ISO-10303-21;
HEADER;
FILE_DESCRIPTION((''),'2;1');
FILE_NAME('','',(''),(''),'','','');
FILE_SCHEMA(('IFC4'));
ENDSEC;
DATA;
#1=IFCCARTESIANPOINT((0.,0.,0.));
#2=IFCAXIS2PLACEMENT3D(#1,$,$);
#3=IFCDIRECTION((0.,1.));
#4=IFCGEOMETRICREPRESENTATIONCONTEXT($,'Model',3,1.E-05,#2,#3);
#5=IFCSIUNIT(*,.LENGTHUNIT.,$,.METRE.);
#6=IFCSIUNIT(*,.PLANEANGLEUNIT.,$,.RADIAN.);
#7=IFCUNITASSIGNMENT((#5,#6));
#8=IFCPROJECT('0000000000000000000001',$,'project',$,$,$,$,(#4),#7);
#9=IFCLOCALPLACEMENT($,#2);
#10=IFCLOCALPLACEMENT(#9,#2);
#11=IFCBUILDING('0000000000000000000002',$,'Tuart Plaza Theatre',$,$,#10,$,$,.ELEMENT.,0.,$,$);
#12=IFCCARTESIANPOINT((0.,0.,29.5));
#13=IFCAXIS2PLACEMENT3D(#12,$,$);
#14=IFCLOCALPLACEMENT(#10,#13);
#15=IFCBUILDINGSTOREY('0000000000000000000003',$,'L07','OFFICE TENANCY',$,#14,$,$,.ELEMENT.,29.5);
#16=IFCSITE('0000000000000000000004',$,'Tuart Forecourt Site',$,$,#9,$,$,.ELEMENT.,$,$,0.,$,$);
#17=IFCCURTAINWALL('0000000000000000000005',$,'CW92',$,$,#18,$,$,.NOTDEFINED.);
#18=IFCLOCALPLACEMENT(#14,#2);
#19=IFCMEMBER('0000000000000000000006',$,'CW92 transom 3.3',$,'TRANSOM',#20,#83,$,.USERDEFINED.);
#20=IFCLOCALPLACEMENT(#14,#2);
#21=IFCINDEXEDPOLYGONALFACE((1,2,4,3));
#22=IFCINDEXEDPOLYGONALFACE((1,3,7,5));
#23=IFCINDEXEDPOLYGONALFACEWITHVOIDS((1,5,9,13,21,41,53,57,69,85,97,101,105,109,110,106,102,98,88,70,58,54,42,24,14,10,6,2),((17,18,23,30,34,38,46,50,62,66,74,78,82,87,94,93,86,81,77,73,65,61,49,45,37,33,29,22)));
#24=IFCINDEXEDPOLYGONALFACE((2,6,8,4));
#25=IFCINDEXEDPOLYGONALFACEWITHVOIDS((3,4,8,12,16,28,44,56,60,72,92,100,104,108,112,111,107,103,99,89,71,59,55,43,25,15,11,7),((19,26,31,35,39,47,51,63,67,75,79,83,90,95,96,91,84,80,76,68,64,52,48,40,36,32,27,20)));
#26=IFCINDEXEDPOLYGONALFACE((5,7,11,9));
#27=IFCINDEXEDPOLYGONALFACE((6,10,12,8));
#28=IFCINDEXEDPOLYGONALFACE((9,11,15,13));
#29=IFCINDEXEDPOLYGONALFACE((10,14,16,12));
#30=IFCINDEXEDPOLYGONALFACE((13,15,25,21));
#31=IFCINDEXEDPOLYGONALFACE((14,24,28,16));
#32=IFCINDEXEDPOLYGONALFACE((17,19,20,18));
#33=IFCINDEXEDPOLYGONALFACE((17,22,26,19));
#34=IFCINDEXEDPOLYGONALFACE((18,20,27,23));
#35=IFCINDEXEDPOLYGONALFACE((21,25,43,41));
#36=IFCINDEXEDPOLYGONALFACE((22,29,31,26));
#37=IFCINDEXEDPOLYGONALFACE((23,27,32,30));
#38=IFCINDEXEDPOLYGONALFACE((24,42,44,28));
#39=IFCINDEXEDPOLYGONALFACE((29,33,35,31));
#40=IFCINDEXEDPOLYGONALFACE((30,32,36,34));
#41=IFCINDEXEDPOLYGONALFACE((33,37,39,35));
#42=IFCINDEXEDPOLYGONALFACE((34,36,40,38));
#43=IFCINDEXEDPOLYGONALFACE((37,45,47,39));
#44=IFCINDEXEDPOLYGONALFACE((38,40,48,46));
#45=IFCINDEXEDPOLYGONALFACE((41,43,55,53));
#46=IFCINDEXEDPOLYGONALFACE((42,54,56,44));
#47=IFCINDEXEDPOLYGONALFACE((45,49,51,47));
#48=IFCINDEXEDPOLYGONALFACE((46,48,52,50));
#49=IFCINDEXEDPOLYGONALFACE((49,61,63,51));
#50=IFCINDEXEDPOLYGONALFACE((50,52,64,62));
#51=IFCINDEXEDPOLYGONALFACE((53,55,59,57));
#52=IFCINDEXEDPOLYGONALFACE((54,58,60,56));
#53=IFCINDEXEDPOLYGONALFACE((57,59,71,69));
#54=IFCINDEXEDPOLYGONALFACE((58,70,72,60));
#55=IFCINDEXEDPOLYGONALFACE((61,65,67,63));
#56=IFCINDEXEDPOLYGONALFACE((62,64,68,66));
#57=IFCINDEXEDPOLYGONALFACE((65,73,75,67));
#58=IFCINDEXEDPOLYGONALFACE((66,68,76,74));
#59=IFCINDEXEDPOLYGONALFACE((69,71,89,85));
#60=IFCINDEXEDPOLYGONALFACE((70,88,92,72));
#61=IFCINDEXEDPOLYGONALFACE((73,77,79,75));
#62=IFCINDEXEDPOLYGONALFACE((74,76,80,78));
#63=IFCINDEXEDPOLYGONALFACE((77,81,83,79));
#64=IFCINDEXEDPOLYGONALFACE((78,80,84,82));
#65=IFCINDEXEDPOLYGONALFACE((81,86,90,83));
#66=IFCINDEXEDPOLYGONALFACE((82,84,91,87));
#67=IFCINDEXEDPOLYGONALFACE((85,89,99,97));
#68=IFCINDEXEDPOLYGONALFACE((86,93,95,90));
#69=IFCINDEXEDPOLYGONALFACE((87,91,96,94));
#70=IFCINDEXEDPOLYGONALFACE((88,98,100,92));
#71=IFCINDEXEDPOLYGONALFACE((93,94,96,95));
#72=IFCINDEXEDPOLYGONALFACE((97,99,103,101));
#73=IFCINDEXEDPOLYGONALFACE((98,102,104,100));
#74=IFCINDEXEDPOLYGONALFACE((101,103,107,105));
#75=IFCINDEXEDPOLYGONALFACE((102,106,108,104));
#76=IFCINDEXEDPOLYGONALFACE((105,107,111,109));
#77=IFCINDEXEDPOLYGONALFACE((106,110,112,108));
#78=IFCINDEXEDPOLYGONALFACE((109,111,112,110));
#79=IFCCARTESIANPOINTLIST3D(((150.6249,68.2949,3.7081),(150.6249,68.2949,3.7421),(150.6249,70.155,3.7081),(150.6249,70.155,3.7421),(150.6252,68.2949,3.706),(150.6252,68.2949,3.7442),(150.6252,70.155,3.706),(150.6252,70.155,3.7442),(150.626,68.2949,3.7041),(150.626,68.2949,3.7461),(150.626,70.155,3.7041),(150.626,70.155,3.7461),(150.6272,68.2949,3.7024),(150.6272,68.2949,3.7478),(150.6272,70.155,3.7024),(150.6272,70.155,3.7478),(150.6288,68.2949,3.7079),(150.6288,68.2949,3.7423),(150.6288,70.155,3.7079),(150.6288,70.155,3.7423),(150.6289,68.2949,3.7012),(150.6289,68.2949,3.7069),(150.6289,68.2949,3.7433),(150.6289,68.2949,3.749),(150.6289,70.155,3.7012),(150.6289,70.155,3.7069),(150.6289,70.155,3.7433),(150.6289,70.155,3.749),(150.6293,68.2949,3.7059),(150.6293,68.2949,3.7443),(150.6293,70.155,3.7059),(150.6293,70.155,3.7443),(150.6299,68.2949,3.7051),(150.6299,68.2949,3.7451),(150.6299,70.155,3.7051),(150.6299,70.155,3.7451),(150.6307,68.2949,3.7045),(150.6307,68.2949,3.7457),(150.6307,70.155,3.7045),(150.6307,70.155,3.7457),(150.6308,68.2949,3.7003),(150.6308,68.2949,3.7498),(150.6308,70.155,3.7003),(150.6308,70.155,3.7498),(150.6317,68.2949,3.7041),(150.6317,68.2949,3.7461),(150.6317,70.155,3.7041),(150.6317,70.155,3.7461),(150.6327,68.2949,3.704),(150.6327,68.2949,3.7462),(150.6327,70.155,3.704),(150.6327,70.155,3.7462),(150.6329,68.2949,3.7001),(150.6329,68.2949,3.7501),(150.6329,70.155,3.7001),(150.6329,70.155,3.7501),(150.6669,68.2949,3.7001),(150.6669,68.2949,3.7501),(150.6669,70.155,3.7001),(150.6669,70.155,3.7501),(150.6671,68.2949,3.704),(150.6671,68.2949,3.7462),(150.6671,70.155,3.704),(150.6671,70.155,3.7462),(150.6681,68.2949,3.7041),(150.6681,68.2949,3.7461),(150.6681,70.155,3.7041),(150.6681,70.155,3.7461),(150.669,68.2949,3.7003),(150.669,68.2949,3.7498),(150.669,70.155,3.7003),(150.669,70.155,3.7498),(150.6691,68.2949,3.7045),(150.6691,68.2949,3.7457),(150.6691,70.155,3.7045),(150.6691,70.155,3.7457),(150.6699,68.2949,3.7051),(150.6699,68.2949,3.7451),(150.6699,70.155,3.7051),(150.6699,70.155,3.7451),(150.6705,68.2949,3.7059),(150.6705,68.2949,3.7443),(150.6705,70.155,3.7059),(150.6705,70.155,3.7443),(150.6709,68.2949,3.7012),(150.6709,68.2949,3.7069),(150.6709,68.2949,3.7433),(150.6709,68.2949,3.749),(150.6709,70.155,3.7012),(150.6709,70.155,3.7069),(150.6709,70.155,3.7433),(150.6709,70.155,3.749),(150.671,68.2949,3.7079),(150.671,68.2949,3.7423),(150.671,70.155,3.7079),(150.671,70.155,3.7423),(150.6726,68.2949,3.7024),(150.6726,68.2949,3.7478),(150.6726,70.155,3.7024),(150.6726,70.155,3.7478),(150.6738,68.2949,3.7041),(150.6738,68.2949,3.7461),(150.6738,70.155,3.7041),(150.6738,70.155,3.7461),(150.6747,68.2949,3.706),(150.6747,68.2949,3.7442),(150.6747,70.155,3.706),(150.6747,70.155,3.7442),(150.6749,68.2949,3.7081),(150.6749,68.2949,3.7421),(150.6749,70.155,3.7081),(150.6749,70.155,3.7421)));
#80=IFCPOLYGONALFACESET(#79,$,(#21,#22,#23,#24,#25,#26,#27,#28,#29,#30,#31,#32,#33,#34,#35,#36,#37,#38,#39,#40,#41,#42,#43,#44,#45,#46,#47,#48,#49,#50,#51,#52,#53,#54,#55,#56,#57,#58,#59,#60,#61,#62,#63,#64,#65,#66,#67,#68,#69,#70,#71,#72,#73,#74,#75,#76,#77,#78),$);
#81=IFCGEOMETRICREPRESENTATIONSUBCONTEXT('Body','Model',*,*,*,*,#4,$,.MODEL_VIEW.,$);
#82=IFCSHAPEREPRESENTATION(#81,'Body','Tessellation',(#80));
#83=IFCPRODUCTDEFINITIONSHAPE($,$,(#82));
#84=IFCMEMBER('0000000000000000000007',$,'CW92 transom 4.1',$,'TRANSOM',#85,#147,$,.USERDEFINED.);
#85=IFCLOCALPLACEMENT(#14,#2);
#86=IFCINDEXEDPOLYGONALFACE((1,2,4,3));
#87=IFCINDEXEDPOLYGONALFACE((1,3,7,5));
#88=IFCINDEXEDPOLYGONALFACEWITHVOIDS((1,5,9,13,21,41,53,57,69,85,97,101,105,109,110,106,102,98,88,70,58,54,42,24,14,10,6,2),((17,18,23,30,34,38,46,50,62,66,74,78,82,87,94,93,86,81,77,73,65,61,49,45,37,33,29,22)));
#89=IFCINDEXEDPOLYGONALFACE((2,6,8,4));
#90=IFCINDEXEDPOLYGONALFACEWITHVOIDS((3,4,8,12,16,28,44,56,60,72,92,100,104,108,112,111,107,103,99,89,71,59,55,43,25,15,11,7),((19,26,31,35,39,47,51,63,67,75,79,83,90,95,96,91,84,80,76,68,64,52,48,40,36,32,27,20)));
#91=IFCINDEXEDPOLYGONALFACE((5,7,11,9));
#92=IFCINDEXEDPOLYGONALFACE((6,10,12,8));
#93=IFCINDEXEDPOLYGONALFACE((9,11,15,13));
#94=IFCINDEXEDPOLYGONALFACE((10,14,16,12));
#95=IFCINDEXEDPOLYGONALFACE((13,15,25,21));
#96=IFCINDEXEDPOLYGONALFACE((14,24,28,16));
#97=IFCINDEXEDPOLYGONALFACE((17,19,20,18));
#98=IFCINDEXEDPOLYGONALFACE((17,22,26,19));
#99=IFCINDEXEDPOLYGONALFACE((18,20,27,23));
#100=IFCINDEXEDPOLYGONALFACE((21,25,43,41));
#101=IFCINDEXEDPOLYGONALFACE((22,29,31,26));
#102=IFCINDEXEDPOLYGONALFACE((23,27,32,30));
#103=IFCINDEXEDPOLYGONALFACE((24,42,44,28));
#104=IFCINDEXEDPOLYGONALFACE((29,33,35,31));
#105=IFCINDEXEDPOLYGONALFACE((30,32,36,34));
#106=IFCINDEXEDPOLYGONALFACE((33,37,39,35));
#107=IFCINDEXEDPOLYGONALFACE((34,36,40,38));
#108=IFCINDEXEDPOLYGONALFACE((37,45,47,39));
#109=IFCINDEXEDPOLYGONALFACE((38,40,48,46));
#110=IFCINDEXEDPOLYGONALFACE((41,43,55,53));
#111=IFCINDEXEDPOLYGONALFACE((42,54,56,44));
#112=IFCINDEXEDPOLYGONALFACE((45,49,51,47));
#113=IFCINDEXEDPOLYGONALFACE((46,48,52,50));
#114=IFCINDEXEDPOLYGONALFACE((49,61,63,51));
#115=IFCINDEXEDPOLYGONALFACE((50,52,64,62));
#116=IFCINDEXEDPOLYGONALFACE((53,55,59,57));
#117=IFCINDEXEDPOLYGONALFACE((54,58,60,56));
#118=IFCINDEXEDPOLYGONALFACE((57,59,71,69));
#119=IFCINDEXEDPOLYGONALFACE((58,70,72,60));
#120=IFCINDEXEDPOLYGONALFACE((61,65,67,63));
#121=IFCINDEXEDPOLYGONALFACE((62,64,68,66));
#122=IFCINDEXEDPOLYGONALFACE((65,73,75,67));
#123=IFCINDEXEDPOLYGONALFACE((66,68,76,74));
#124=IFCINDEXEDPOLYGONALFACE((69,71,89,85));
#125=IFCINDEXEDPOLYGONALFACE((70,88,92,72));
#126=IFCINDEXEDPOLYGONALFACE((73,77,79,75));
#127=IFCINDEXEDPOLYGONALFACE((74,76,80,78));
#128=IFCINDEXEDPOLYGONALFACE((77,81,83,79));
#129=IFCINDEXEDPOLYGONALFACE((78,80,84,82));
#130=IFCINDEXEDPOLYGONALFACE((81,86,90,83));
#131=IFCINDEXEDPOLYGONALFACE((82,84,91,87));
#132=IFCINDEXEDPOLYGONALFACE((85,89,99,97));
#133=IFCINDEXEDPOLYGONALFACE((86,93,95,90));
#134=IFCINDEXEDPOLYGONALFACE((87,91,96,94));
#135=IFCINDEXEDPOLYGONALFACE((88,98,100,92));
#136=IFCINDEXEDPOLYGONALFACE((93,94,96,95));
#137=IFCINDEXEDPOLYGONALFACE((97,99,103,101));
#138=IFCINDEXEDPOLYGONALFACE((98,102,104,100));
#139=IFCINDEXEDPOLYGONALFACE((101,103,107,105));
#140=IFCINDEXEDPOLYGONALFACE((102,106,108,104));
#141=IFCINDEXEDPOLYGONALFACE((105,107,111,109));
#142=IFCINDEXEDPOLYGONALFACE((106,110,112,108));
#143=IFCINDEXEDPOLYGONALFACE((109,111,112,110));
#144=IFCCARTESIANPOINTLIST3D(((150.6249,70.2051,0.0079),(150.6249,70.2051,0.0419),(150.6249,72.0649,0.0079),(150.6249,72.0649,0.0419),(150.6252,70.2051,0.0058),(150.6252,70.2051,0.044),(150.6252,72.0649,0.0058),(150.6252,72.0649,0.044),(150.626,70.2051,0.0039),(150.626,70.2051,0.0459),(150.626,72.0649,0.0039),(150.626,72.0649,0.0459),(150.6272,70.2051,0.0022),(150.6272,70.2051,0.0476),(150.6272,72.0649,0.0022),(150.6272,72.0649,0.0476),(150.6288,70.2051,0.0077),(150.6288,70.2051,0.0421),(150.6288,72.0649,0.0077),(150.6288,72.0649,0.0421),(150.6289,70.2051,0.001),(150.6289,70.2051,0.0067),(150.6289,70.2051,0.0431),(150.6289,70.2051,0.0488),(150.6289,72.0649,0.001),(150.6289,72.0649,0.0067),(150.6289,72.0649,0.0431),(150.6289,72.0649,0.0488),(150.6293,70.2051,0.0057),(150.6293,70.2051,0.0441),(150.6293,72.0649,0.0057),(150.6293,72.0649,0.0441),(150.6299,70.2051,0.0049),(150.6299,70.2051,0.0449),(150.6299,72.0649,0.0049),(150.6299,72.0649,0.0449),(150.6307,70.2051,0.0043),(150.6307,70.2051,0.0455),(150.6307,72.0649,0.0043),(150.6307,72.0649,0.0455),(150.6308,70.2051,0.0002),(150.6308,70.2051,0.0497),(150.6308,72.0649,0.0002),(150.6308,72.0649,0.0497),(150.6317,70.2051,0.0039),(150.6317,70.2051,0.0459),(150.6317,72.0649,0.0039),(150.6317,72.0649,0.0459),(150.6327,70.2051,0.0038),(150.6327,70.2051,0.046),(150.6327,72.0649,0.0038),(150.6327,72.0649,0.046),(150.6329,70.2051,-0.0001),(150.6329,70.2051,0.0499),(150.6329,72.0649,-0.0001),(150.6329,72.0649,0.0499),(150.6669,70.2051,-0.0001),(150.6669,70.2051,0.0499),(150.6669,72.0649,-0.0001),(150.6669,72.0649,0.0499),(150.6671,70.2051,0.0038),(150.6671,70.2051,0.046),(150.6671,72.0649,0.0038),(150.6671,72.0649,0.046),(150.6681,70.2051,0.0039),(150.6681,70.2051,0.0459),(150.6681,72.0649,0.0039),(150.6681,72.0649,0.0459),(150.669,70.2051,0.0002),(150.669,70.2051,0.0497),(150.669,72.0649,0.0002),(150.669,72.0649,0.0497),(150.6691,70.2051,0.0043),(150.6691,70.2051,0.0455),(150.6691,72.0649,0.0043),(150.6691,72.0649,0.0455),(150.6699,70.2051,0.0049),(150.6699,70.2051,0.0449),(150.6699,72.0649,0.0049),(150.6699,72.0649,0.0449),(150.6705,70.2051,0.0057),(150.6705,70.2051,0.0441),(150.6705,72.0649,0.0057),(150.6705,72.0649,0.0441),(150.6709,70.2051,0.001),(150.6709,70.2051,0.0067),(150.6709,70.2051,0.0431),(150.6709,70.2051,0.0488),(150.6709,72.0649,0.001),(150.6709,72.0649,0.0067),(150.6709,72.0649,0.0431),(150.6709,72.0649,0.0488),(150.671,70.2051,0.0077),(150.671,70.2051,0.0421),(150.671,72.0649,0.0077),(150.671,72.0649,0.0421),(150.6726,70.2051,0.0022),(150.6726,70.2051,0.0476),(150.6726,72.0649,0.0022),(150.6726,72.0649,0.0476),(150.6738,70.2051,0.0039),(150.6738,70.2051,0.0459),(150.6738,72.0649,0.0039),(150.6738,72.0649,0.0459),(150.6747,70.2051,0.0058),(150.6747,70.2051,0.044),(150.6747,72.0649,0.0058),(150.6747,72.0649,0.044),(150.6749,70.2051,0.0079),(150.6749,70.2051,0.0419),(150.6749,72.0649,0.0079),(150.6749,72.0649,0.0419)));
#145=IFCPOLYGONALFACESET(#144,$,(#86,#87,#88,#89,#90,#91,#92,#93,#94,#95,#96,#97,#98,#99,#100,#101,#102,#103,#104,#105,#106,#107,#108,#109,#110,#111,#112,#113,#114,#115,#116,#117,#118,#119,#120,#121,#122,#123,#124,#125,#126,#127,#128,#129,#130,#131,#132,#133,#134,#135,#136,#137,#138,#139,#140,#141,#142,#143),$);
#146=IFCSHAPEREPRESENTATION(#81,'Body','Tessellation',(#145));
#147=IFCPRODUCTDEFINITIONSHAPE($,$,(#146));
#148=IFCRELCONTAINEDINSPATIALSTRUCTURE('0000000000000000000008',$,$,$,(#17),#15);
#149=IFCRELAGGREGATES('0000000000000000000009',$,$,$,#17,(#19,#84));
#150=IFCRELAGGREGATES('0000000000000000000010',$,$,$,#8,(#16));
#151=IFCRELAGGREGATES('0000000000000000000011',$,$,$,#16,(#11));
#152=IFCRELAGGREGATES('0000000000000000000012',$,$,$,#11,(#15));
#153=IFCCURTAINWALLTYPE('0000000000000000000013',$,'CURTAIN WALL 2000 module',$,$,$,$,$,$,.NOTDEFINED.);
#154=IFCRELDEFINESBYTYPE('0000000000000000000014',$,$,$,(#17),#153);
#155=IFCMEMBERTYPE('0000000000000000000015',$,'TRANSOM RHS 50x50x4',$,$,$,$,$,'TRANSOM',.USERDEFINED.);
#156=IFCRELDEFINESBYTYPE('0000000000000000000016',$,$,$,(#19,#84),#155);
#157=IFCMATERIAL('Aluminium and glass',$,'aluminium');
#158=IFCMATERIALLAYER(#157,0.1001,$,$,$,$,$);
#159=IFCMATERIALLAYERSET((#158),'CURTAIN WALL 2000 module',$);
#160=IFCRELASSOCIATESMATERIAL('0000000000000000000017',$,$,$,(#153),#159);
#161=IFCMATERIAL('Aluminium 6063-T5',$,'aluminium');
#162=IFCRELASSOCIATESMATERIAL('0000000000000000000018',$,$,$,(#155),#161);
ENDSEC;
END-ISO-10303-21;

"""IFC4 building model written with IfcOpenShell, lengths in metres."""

from ifc_helpers import new_model, si_unit, direction, frame, origin, origin_2d, place, context, subcontext, project, spatial, hollow_rectangle, extrude, material, layer, layer_set, material_profile, profile_set, type_object, element, aggregate, save


model = new_model("IFC4")

# Units and contexts
model_context = context("Model", 3, precision=1e-05, world=origin(), true_north=direction((0.0, 1.0)))
body_context = subcontext(model_context, "Body", "Model", "MODEL_VIEW")
ifc_project = project(units=[si_unit("LENGTHUNIT", "METRE"), si_unit("PLANEANGLEUNIT", "RADIAN")], contexts=[model_context])

# Site, building, storey
site_placement = place(None, origin())
site = spatial("IfcSite", under=ifc_project, at=site_placement, Name="Tuart Forecourt Site", CompositionType="ELEMENT", RefElevation=0.0)
building_placement = place(site_placement, origin())
building = spatial("IfcBuilding", under=site, at=building_placement, Name="Tuart Plaza Theatre", CompositionType="ELEMENT", ElevationOfRefHeight=0.0)
storey_placement = place(building_placement, frame((0.0, 0.0, 29.5)))
storey = spatial("IfcBuildingStorey", under=building, at=storey_placement, Name="L07", Description="OFFICE TENANCY", CompositionType="ELEMENT", Elevation=29.5)

# Shared definitions
ifc_material_1 = material(Name="Aluminium and glass", Category="aluminium")
ifc_layer_1 = layer(ifc_material_1, 0.1001)
ifc_layer_set_1 = layer_set([ifc_layer_1], Name="CURTAIN WALL 2000 module")
curtain_wall_type = type_object("IfcCurtainWallType", Name="CURTAIN WALL 2000 module", PredefinedType="NOTDEFINED", material=ifc_layer_set_1)

# Curtain wall, members
curtain_wall_1_placement = place(storey_placement, origin())
curtain_wall_1 = element("IfcCurtainWall", 1, at=curtain_wall_1_placement, inside=storey, type_object=curtain_wall_type, Name="CW92", PredefinedType="NOTDEFINED")
ifc_material_2 = material(Name="Aluminium 6063-T5", Category="aluminium")
ifc_material_profile_1 = material_profile(ifc_material_2, hollow_rectangle(XDim=0.05, YDim=0.05, WallThickness=0.0039, InnerFilletRadius=0.0039, OuterFilletRadius=0.0081, at=origin_2d()), Name="RHS 50x50x4")
ifc_profile_set_1 = profile_set([ifc_material_profile_1], Name="Aluminium 6063-T5")
member_type_1 = type_object("IfcMemberType", Name="TRANSOM RHS 50x50x4", ElementType="TRANSOM", PredefinedType="USERDEFINED", material=ifc_profile_set_1)
member_1_placement = place(storey_placement, frame((150.6499, 68.2949, 3.7251), z_axis=(0.0, 1.0, 0.0), x_axis=(-1.0, 0.0, 0.0)))
member_1 = element("IfcMember", 2, at=member_1_placement, type_object=member_type_1, Name="CW92 transom 3.3", ObjectType="TRANSOM", PredefinedType="USERDEFINED", context=body_context, shape_type="SweptSolid", body=[
    extrude(hollow_rectangle(XDim=0.05, YDim=0.05, WallThickness=0.0039, InnerFilletRadius=0.0039, OuterFilletRadius=0.0081, at=origin_2d()), origin(), (0.0, 0.0, 1.0), 1.8601),
])
member_2_placement = place(storey_placement, frame((150.6499, 70.2051, 0.0249), z_axis=(0.0, 1.0, 0.0), x_axis=(-1.0, 0.0, 0.0)))
member_2 = element("IfcMember", 3, at=member_2_placement, type_object=member_type_1, Name="CW92 transom 4.1", ObjectType="TRANSOM", PredefinedType="USERDEFINED", context=body_context, shape_type="SweptSolid", body=[
    extrude(hollow_rectangle(XDim=0.05, YDim=0.05, WallThickness=0.0039, InnerFilletRadius=0.0039, OuterFilletRadius=0.0081, at=origin_2d()), origin(), (0.0, 0.0, 1.0), 1.8599),
])
aggregate(curtain_wall_1, [member_1, member_2])

save(model, "model.ifc")
